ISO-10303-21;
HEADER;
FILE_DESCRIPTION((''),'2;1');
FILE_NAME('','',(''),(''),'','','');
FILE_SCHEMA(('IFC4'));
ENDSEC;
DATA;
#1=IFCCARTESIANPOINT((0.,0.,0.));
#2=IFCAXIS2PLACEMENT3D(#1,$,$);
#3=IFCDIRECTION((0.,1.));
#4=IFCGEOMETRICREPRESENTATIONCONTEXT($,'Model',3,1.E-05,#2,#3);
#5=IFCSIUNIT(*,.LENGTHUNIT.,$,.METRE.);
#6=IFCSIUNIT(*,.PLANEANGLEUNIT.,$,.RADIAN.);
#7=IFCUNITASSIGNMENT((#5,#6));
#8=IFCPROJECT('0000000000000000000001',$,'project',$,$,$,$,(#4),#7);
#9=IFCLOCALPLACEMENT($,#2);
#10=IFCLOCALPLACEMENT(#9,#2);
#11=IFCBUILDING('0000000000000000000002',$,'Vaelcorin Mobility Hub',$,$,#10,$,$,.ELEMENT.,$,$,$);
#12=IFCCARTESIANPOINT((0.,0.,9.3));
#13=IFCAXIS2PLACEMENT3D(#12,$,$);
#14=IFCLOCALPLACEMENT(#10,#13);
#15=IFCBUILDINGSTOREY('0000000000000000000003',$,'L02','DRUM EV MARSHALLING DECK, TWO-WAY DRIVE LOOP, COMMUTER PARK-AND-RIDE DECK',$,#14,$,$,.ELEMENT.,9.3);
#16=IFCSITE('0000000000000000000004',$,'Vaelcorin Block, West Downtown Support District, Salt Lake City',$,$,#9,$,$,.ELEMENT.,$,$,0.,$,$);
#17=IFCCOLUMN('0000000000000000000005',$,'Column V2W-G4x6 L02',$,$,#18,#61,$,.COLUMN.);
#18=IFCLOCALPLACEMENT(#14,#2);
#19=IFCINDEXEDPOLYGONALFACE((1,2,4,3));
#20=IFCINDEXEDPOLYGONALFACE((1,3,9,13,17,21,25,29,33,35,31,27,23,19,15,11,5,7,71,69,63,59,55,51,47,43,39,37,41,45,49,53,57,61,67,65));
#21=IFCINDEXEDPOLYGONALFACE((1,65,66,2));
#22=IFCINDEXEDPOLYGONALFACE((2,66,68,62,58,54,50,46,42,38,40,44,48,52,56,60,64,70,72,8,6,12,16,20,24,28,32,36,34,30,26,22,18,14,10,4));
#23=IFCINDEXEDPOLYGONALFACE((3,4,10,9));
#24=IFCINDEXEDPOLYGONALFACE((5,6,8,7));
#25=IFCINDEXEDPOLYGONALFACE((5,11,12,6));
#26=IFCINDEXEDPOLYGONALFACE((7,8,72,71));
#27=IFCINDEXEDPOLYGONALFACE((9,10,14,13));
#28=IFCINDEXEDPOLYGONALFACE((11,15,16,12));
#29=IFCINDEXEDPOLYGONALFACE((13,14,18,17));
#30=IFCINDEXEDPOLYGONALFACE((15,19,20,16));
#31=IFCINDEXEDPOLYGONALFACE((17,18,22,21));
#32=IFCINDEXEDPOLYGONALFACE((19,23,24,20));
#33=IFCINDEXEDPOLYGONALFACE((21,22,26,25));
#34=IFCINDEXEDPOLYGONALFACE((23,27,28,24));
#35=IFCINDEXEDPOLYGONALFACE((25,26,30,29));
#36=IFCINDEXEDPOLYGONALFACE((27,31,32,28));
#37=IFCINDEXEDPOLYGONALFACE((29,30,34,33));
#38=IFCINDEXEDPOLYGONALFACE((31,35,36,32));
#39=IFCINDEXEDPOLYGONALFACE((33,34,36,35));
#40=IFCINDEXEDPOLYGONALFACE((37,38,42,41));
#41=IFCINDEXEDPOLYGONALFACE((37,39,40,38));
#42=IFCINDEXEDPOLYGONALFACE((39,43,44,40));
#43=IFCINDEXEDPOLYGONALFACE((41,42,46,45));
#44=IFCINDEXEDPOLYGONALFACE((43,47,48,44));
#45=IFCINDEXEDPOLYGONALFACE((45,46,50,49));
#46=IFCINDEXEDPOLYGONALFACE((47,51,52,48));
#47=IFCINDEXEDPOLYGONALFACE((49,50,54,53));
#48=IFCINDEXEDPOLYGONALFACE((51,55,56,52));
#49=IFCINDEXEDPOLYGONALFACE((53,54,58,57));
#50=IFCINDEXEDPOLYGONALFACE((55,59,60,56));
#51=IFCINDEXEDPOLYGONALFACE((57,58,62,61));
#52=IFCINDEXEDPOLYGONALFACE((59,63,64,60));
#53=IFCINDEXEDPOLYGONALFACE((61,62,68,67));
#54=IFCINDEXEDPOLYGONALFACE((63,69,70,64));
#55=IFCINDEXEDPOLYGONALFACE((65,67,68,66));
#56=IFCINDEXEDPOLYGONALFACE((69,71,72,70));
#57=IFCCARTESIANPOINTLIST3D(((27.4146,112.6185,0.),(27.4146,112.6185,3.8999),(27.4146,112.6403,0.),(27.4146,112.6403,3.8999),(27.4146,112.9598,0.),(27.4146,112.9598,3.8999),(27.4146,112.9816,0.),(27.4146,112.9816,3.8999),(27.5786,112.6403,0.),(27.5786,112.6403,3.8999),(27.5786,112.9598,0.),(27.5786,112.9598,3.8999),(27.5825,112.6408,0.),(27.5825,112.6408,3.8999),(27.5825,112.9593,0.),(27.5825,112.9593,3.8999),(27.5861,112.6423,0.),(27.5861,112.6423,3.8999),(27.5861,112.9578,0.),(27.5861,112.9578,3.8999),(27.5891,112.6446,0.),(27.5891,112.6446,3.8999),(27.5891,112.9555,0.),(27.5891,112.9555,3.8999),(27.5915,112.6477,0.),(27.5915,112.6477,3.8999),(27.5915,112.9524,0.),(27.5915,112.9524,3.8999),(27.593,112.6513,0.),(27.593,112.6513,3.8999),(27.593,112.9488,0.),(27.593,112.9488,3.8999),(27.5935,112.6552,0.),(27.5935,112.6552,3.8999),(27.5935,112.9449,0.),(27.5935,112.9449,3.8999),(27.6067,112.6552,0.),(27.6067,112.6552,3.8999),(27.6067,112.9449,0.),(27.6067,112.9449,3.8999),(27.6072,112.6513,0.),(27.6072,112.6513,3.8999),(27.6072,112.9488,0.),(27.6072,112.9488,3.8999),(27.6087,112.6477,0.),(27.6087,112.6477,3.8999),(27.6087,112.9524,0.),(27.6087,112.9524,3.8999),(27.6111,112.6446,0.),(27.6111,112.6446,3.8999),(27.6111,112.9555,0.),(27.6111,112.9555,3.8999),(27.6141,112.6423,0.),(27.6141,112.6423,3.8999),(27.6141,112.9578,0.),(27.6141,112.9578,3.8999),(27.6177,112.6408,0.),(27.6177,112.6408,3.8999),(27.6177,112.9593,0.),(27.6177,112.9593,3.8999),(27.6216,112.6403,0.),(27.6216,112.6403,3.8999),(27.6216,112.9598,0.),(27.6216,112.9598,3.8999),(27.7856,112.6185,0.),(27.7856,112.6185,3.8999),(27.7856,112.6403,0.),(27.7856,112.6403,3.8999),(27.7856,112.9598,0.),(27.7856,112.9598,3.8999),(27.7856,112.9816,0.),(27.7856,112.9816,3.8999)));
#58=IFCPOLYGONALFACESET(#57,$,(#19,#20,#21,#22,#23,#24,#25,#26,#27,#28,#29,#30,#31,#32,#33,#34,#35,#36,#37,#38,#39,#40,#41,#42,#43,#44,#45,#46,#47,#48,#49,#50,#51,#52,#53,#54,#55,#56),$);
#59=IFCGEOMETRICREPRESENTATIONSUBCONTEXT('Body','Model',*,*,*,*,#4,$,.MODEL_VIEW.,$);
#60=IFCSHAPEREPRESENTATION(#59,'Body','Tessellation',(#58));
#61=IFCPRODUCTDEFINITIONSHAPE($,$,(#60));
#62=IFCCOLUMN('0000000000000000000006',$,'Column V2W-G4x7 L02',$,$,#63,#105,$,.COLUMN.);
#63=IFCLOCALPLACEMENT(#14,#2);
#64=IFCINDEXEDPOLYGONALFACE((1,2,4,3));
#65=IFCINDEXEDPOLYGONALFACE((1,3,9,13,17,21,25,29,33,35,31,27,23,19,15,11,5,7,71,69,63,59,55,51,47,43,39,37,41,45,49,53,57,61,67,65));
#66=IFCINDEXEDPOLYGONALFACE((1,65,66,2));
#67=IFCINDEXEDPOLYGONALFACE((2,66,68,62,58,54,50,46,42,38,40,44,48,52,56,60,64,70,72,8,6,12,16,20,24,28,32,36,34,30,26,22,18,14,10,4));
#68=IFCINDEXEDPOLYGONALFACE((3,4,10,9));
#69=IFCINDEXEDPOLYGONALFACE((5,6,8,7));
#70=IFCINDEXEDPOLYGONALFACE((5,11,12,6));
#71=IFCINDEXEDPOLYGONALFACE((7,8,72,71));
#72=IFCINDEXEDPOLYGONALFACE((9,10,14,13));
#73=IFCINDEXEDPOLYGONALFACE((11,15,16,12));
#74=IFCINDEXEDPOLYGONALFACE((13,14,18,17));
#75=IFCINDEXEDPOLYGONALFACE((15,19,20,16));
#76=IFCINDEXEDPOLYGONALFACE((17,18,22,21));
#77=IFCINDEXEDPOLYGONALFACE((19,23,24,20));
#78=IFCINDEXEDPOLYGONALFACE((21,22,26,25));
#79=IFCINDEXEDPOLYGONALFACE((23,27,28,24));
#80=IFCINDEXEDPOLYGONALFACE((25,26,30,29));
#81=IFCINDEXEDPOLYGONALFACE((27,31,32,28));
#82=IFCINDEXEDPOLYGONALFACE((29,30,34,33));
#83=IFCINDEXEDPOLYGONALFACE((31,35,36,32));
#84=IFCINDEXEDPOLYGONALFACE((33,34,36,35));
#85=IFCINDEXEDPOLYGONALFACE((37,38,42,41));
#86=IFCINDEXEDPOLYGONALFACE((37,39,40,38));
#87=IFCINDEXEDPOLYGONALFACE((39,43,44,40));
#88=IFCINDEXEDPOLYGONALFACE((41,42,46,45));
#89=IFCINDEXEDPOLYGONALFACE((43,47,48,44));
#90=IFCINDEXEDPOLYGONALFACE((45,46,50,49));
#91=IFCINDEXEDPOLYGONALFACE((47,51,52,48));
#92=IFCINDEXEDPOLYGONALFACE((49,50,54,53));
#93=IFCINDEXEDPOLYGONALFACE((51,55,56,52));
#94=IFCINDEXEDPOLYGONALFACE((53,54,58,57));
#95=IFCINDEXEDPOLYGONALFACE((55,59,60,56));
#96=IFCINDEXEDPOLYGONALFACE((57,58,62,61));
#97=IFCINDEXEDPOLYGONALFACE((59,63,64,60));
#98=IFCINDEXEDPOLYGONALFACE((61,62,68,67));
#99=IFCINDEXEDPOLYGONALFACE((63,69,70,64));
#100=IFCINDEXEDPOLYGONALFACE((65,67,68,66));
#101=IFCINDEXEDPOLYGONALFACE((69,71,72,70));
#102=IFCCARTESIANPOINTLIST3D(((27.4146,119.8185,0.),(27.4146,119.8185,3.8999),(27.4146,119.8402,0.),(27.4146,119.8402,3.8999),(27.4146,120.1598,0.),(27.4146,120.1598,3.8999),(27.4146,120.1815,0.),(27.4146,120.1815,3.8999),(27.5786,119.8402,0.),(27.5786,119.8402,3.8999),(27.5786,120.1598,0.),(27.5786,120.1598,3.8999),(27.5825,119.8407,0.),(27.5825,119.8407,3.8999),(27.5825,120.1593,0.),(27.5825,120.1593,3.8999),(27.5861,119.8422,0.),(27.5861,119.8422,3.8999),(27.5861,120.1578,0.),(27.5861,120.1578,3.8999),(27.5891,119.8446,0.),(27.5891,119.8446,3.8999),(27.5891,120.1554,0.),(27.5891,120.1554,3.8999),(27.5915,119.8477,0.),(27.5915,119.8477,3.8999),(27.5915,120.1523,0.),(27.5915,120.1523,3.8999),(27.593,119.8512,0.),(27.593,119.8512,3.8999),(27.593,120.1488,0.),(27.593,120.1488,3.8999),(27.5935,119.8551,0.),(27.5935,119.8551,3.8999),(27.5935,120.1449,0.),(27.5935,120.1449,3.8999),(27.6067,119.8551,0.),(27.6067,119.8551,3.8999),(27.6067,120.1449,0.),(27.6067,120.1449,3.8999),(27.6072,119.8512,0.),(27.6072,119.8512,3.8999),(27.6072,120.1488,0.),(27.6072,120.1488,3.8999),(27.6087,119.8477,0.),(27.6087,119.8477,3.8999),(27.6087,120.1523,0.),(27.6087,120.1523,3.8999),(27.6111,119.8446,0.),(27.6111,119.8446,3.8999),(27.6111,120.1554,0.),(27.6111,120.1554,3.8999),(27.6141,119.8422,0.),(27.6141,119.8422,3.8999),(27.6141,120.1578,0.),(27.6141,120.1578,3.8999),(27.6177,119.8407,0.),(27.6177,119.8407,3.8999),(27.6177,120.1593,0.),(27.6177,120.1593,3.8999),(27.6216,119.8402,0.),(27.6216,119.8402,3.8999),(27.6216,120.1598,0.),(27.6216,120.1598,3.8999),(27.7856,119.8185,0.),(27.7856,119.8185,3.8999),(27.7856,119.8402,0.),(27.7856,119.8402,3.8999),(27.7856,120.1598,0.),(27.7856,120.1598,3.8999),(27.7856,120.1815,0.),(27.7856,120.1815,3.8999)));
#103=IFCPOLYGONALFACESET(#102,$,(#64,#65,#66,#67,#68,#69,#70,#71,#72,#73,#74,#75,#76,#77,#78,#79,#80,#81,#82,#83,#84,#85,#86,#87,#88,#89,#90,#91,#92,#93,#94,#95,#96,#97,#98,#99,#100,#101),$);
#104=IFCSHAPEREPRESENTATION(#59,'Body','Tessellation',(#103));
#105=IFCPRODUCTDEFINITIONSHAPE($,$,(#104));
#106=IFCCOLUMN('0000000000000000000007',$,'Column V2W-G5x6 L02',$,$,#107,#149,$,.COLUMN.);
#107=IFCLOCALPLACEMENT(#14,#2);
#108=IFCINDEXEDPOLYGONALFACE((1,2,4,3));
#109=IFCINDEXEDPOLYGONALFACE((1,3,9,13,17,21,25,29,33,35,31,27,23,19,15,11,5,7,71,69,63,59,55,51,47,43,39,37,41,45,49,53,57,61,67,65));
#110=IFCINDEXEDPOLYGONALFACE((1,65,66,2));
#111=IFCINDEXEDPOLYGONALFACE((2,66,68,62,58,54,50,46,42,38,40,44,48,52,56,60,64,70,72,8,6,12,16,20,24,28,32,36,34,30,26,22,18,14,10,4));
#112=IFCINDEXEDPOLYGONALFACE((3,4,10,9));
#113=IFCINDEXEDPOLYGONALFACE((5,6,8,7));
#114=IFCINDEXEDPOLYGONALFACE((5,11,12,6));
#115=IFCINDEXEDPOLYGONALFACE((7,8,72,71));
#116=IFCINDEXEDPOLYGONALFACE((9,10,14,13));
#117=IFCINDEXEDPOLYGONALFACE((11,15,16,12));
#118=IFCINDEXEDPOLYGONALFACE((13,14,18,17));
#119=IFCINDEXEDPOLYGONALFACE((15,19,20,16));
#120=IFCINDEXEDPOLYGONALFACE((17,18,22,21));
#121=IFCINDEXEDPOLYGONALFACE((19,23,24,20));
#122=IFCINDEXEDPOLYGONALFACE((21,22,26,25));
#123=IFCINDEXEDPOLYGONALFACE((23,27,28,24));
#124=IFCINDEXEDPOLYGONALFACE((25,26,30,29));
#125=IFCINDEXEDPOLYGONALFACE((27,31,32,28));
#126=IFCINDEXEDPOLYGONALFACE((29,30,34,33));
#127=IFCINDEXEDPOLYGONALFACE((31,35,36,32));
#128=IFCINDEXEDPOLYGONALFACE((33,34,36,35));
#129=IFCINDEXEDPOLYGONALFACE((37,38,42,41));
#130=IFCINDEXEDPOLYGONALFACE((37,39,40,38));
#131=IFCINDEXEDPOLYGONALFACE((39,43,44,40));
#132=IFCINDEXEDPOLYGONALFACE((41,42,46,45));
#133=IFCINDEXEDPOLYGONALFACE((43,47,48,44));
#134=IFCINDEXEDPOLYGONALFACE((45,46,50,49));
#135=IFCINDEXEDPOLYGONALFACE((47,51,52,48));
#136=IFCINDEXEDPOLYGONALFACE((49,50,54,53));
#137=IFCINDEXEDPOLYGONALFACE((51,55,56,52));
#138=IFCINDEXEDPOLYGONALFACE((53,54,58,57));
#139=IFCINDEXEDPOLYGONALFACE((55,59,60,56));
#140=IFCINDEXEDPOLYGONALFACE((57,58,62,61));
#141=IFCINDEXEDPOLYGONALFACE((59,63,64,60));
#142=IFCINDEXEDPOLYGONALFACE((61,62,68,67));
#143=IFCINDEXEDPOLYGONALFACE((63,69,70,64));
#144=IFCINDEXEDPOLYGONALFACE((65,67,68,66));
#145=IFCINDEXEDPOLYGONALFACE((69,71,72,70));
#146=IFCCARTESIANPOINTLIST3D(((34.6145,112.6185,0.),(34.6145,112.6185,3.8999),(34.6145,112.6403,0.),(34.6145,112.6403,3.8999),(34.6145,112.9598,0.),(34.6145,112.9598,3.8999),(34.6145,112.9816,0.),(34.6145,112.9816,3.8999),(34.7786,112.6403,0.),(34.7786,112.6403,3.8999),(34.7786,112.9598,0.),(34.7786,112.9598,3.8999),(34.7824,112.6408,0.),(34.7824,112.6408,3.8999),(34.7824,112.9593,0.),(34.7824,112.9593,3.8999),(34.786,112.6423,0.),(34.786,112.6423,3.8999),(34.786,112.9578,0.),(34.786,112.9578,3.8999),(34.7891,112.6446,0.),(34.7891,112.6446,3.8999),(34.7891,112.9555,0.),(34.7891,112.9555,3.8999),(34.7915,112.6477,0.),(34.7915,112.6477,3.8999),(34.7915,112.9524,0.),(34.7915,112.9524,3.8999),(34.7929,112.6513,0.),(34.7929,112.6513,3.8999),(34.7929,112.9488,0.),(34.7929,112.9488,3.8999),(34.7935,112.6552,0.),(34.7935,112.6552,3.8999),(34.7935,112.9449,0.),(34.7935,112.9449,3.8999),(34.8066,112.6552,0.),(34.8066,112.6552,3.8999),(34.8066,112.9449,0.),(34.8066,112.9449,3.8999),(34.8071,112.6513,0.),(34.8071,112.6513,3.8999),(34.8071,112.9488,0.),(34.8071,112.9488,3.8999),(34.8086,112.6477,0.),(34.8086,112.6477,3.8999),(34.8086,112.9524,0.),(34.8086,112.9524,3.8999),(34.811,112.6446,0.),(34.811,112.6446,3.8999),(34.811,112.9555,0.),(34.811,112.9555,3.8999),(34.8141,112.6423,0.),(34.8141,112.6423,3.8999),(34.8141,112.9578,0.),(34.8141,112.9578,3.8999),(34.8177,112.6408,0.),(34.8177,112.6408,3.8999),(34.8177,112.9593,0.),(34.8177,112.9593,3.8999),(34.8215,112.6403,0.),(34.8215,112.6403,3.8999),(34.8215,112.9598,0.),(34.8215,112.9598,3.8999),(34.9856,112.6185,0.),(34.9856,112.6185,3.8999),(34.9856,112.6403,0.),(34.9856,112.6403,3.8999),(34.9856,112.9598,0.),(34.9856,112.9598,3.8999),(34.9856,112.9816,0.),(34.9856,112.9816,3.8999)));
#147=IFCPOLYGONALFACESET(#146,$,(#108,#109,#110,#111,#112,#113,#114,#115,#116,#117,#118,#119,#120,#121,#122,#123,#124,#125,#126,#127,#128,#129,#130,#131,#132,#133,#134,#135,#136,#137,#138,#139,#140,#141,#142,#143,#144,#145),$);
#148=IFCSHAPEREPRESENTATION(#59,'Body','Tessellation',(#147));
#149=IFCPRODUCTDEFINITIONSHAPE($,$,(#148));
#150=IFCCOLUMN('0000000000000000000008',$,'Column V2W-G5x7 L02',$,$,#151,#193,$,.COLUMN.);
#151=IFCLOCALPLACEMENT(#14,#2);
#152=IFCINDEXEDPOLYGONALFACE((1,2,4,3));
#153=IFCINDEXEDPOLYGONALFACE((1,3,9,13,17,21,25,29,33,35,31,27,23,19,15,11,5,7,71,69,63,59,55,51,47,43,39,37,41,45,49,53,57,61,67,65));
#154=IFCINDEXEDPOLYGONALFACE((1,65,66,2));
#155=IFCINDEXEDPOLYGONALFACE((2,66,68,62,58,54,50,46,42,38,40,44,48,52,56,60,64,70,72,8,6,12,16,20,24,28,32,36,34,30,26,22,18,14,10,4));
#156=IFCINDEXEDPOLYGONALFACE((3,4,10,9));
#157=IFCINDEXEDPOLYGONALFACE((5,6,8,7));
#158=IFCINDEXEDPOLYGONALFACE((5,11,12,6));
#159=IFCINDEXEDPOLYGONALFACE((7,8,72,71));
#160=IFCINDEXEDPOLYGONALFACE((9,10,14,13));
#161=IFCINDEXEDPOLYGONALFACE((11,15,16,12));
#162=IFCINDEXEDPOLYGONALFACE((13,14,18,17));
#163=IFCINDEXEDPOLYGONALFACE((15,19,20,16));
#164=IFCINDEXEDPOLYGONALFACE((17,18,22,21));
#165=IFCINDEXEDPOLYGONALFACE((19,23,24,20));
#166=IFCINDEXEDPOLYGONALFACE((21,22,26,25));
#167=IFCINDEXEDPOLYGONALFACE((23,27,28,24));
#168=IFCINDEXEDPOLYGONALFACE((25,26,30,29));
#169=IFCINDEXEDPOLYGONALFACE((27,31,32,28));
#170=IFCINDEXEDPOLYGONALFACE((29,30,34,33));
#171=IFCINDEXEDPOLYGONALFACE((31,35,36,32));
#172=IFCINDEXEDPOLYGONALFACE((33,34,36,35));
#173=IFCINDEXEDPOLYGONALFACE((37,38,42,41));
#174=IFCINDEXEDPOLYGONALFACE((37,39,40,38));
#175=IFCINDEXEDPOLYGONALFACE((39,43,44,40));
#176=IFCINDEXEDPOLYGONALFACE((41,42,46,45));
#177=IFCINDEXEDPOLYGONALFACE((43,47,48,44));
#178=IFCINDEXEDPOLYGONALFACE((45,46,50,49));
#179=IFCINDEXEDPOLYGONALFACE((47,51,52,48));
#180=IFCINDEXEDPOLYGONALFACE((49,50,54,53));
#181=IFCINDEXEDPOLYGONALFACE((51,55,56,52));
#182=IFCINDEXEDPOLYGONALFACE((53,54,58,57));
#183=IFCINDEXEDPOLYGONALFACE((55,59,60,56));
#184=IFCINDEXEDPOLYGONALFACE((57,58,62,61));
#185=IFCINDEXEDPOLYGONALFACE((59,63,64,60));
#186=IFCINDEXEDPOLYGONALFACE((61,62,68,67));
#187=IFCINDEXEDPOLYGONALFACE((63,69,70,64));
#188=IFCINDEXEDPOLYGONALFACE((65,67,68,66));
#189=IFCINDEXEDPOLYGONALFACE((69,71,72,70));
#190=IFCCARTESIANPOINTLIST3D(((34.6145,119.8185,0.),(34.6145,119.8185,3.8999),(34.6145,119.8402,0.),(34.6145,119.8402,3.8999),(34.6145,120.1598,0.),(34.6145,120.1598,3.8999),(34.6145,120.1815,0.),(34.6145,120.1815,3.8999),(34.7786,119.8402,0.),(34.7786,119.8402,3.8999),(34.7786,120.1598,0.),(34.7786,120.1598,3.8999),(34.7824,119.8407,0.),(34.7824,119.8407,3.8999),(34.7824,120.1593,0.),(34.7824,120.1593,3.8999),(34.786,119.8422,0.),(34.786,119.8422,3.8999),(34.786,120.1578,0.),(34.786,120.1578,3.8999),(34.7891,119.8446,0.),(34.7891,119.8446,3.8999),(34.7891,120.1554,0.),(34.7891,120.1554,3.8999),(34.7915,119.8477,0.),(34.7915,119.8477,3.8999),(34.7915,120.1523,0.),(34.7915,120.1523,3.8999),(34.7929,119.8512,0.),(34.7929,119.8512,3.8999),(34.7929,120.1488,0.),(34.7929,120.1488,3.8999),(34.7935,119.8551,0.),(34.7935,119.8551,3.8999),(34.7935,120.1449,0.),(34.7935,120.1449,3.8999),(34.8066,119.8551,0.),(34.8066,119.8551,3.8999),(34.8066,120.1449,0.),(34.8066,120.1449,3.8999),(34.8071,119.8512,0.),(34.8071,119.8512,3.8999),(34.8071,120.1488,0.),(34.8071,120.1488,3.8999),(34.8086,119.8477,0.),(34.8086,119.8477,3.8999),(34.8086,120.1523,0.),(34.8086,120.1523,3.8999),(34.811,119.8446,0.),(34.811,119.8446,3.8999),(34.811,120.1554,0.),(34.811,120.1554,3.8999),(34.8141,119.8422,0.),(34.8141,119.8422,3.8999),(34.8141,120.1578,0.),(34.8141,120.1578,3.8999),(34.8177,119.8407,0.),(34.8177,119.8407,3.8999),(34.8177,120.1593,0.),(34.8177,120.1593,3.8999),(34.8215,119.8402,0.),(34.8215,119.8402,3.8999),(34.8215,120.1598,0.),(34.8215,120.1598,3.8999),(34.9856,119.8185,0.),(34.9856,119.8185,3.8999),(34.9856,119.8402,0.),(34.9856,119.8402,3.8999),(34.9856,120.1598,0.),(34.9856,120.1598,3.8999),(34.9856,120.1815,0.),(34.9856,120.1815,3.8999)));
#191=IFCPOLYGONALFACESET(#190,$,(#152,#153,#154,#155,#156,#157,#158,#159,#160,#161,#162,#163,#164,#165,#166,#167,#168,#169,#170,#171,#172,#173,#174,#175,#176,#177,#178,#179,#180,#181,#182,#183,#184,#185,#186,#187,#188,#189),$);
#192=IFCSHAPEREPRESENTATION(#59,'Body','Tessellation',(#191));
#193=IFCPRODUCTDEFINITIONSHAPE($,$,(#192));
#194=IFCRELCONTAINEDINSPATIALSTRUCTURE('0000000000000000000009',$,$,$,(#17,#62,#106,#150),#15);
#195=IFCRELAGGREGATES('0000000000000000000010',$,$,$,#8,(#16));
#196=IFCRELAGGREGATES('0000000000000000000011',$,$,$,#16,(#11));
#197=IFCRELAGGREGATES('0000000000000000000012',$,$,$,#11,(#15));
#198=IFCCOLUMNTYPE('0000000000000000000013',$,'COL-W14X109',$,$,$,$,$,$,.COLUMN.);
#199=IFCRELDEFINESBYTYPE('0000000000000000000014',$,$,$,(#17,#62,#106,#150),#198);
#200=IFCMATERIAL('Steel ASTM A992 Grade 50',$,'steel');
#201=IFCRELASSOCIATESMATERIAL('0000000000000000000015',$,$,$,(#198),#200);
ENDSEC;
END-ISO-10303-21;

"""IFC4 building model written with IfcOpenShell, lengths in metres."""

from ifc_helpers import new_model, si_unit, direction, frame, origin, origin_2d, place, context, subcontext, project, spatial, i_section, extrude, material, material_profile, profile_set, type_object, element, save


model = new_model("IFC4")

# Units and contexts
model_context = context("Model", 3, precision=1e-05, world=origin(), true_north=direction((0.0, 1.0)))
body_context = subcontext(model_context, "Body", "Model", "MODEL_VIEW")
ifc_project = project(units=[si_unit("LENGTHUNIT", "METRE"), si_unit("PLANEANGLEUNIT", "RADIAN")], contexts=[model_context])

# Site, building, storey
site_placement = place(None, origin())
site = spatial("IfcSite", under=ifc_project, at=site_placement, Name="Vaelcorin Block, West Downtown Support District, Salt Lake City", CompositionType="ELEMENT", RefElevation=0.0)
building_placement = place(site_placement, origin())
building = spatial("IfcBuilding", under=site, at=building_placement, Name="Vaelcorin Mobility Hub", CompositionType="ELEMENT")
storey_placement = place(building_placement, frame((0.0, 0.0, 9.3)))
storey = spatial("IfcBuildingStorey", under=building, at=storey_placement, Name="L02", Description="DRUM EV MARSHALLING DECK, TWO-WAY DRIVE LOOP, COMMUTER PARK-AND-RIDE DECK", CompositionType="ELEMENT", Elevation=9.3)

# Columns
ifc_material_1 = material(Name="Steel ASTM A992 Grade 50", Category="steel")
ifc_material_profile_1 = material_profile(ifc_material_1, i_section(OverallWidth=0.3711, OverallDepth=0.363, WebThickness=0.0132, FlangeThickness=0.0217, FilletRadius=0.0149, at=origin_2d()), Name="W14X109")
ifc_profile_set_1 = profile_set([ifc_material_profile_1], Name="Steel ASTM A992 Grade 50")
column_type_1 = type_object("IfcColumnType", Name="COL-W14X109", PredefinedType="COLUMN", material=ifc_profile_set_1)
for number, where, z_axis, x_axis, name in (
    (1, (27.6001, 112.8, 0.0), (0.0, 0.0, 1.0), (1.0, 0.0, 0.0), "Column V2W-G4x6 L02"),
    (2, (27.6001, 120.0, 0.0), (0.0, 0.0, 1.0), (1.0, 0.0, 0.0), "Column V2W-G4x7 L02"),
    (3, (34.8, 112.8, 0.0), (0.0, 0.0, 1.0), (1.0, 0.0, 0.0), "Column V2W-G5x6 L02"),
    (4, (34.8, 120.0, 0.0), (0.0, 0.0, 1.0), (1.0, 0.0, 0.0), "Column V2W-G5x7 L02"),
):
    element("IfcColumn", number, at=place(storey_placement, frame(where, z_axis=z_axis, x_axis=x_axis)), inside=storey, type_object=column_type_1, Name=name, PredefinedType="COLUMN", context=body_context, shape_type="SweptSolid", body=[
        extrude(i_section(OverallWidth=0.3711, OverallDepth=0.363, WebThickness=0.0132, FlangeThickness=0.0217, FilletRadius=0.0149, at=origin_2d()), origin(), (0.0, 0.0, 1.0), 3.8999),
    ])

save(model, "model.ifc")
